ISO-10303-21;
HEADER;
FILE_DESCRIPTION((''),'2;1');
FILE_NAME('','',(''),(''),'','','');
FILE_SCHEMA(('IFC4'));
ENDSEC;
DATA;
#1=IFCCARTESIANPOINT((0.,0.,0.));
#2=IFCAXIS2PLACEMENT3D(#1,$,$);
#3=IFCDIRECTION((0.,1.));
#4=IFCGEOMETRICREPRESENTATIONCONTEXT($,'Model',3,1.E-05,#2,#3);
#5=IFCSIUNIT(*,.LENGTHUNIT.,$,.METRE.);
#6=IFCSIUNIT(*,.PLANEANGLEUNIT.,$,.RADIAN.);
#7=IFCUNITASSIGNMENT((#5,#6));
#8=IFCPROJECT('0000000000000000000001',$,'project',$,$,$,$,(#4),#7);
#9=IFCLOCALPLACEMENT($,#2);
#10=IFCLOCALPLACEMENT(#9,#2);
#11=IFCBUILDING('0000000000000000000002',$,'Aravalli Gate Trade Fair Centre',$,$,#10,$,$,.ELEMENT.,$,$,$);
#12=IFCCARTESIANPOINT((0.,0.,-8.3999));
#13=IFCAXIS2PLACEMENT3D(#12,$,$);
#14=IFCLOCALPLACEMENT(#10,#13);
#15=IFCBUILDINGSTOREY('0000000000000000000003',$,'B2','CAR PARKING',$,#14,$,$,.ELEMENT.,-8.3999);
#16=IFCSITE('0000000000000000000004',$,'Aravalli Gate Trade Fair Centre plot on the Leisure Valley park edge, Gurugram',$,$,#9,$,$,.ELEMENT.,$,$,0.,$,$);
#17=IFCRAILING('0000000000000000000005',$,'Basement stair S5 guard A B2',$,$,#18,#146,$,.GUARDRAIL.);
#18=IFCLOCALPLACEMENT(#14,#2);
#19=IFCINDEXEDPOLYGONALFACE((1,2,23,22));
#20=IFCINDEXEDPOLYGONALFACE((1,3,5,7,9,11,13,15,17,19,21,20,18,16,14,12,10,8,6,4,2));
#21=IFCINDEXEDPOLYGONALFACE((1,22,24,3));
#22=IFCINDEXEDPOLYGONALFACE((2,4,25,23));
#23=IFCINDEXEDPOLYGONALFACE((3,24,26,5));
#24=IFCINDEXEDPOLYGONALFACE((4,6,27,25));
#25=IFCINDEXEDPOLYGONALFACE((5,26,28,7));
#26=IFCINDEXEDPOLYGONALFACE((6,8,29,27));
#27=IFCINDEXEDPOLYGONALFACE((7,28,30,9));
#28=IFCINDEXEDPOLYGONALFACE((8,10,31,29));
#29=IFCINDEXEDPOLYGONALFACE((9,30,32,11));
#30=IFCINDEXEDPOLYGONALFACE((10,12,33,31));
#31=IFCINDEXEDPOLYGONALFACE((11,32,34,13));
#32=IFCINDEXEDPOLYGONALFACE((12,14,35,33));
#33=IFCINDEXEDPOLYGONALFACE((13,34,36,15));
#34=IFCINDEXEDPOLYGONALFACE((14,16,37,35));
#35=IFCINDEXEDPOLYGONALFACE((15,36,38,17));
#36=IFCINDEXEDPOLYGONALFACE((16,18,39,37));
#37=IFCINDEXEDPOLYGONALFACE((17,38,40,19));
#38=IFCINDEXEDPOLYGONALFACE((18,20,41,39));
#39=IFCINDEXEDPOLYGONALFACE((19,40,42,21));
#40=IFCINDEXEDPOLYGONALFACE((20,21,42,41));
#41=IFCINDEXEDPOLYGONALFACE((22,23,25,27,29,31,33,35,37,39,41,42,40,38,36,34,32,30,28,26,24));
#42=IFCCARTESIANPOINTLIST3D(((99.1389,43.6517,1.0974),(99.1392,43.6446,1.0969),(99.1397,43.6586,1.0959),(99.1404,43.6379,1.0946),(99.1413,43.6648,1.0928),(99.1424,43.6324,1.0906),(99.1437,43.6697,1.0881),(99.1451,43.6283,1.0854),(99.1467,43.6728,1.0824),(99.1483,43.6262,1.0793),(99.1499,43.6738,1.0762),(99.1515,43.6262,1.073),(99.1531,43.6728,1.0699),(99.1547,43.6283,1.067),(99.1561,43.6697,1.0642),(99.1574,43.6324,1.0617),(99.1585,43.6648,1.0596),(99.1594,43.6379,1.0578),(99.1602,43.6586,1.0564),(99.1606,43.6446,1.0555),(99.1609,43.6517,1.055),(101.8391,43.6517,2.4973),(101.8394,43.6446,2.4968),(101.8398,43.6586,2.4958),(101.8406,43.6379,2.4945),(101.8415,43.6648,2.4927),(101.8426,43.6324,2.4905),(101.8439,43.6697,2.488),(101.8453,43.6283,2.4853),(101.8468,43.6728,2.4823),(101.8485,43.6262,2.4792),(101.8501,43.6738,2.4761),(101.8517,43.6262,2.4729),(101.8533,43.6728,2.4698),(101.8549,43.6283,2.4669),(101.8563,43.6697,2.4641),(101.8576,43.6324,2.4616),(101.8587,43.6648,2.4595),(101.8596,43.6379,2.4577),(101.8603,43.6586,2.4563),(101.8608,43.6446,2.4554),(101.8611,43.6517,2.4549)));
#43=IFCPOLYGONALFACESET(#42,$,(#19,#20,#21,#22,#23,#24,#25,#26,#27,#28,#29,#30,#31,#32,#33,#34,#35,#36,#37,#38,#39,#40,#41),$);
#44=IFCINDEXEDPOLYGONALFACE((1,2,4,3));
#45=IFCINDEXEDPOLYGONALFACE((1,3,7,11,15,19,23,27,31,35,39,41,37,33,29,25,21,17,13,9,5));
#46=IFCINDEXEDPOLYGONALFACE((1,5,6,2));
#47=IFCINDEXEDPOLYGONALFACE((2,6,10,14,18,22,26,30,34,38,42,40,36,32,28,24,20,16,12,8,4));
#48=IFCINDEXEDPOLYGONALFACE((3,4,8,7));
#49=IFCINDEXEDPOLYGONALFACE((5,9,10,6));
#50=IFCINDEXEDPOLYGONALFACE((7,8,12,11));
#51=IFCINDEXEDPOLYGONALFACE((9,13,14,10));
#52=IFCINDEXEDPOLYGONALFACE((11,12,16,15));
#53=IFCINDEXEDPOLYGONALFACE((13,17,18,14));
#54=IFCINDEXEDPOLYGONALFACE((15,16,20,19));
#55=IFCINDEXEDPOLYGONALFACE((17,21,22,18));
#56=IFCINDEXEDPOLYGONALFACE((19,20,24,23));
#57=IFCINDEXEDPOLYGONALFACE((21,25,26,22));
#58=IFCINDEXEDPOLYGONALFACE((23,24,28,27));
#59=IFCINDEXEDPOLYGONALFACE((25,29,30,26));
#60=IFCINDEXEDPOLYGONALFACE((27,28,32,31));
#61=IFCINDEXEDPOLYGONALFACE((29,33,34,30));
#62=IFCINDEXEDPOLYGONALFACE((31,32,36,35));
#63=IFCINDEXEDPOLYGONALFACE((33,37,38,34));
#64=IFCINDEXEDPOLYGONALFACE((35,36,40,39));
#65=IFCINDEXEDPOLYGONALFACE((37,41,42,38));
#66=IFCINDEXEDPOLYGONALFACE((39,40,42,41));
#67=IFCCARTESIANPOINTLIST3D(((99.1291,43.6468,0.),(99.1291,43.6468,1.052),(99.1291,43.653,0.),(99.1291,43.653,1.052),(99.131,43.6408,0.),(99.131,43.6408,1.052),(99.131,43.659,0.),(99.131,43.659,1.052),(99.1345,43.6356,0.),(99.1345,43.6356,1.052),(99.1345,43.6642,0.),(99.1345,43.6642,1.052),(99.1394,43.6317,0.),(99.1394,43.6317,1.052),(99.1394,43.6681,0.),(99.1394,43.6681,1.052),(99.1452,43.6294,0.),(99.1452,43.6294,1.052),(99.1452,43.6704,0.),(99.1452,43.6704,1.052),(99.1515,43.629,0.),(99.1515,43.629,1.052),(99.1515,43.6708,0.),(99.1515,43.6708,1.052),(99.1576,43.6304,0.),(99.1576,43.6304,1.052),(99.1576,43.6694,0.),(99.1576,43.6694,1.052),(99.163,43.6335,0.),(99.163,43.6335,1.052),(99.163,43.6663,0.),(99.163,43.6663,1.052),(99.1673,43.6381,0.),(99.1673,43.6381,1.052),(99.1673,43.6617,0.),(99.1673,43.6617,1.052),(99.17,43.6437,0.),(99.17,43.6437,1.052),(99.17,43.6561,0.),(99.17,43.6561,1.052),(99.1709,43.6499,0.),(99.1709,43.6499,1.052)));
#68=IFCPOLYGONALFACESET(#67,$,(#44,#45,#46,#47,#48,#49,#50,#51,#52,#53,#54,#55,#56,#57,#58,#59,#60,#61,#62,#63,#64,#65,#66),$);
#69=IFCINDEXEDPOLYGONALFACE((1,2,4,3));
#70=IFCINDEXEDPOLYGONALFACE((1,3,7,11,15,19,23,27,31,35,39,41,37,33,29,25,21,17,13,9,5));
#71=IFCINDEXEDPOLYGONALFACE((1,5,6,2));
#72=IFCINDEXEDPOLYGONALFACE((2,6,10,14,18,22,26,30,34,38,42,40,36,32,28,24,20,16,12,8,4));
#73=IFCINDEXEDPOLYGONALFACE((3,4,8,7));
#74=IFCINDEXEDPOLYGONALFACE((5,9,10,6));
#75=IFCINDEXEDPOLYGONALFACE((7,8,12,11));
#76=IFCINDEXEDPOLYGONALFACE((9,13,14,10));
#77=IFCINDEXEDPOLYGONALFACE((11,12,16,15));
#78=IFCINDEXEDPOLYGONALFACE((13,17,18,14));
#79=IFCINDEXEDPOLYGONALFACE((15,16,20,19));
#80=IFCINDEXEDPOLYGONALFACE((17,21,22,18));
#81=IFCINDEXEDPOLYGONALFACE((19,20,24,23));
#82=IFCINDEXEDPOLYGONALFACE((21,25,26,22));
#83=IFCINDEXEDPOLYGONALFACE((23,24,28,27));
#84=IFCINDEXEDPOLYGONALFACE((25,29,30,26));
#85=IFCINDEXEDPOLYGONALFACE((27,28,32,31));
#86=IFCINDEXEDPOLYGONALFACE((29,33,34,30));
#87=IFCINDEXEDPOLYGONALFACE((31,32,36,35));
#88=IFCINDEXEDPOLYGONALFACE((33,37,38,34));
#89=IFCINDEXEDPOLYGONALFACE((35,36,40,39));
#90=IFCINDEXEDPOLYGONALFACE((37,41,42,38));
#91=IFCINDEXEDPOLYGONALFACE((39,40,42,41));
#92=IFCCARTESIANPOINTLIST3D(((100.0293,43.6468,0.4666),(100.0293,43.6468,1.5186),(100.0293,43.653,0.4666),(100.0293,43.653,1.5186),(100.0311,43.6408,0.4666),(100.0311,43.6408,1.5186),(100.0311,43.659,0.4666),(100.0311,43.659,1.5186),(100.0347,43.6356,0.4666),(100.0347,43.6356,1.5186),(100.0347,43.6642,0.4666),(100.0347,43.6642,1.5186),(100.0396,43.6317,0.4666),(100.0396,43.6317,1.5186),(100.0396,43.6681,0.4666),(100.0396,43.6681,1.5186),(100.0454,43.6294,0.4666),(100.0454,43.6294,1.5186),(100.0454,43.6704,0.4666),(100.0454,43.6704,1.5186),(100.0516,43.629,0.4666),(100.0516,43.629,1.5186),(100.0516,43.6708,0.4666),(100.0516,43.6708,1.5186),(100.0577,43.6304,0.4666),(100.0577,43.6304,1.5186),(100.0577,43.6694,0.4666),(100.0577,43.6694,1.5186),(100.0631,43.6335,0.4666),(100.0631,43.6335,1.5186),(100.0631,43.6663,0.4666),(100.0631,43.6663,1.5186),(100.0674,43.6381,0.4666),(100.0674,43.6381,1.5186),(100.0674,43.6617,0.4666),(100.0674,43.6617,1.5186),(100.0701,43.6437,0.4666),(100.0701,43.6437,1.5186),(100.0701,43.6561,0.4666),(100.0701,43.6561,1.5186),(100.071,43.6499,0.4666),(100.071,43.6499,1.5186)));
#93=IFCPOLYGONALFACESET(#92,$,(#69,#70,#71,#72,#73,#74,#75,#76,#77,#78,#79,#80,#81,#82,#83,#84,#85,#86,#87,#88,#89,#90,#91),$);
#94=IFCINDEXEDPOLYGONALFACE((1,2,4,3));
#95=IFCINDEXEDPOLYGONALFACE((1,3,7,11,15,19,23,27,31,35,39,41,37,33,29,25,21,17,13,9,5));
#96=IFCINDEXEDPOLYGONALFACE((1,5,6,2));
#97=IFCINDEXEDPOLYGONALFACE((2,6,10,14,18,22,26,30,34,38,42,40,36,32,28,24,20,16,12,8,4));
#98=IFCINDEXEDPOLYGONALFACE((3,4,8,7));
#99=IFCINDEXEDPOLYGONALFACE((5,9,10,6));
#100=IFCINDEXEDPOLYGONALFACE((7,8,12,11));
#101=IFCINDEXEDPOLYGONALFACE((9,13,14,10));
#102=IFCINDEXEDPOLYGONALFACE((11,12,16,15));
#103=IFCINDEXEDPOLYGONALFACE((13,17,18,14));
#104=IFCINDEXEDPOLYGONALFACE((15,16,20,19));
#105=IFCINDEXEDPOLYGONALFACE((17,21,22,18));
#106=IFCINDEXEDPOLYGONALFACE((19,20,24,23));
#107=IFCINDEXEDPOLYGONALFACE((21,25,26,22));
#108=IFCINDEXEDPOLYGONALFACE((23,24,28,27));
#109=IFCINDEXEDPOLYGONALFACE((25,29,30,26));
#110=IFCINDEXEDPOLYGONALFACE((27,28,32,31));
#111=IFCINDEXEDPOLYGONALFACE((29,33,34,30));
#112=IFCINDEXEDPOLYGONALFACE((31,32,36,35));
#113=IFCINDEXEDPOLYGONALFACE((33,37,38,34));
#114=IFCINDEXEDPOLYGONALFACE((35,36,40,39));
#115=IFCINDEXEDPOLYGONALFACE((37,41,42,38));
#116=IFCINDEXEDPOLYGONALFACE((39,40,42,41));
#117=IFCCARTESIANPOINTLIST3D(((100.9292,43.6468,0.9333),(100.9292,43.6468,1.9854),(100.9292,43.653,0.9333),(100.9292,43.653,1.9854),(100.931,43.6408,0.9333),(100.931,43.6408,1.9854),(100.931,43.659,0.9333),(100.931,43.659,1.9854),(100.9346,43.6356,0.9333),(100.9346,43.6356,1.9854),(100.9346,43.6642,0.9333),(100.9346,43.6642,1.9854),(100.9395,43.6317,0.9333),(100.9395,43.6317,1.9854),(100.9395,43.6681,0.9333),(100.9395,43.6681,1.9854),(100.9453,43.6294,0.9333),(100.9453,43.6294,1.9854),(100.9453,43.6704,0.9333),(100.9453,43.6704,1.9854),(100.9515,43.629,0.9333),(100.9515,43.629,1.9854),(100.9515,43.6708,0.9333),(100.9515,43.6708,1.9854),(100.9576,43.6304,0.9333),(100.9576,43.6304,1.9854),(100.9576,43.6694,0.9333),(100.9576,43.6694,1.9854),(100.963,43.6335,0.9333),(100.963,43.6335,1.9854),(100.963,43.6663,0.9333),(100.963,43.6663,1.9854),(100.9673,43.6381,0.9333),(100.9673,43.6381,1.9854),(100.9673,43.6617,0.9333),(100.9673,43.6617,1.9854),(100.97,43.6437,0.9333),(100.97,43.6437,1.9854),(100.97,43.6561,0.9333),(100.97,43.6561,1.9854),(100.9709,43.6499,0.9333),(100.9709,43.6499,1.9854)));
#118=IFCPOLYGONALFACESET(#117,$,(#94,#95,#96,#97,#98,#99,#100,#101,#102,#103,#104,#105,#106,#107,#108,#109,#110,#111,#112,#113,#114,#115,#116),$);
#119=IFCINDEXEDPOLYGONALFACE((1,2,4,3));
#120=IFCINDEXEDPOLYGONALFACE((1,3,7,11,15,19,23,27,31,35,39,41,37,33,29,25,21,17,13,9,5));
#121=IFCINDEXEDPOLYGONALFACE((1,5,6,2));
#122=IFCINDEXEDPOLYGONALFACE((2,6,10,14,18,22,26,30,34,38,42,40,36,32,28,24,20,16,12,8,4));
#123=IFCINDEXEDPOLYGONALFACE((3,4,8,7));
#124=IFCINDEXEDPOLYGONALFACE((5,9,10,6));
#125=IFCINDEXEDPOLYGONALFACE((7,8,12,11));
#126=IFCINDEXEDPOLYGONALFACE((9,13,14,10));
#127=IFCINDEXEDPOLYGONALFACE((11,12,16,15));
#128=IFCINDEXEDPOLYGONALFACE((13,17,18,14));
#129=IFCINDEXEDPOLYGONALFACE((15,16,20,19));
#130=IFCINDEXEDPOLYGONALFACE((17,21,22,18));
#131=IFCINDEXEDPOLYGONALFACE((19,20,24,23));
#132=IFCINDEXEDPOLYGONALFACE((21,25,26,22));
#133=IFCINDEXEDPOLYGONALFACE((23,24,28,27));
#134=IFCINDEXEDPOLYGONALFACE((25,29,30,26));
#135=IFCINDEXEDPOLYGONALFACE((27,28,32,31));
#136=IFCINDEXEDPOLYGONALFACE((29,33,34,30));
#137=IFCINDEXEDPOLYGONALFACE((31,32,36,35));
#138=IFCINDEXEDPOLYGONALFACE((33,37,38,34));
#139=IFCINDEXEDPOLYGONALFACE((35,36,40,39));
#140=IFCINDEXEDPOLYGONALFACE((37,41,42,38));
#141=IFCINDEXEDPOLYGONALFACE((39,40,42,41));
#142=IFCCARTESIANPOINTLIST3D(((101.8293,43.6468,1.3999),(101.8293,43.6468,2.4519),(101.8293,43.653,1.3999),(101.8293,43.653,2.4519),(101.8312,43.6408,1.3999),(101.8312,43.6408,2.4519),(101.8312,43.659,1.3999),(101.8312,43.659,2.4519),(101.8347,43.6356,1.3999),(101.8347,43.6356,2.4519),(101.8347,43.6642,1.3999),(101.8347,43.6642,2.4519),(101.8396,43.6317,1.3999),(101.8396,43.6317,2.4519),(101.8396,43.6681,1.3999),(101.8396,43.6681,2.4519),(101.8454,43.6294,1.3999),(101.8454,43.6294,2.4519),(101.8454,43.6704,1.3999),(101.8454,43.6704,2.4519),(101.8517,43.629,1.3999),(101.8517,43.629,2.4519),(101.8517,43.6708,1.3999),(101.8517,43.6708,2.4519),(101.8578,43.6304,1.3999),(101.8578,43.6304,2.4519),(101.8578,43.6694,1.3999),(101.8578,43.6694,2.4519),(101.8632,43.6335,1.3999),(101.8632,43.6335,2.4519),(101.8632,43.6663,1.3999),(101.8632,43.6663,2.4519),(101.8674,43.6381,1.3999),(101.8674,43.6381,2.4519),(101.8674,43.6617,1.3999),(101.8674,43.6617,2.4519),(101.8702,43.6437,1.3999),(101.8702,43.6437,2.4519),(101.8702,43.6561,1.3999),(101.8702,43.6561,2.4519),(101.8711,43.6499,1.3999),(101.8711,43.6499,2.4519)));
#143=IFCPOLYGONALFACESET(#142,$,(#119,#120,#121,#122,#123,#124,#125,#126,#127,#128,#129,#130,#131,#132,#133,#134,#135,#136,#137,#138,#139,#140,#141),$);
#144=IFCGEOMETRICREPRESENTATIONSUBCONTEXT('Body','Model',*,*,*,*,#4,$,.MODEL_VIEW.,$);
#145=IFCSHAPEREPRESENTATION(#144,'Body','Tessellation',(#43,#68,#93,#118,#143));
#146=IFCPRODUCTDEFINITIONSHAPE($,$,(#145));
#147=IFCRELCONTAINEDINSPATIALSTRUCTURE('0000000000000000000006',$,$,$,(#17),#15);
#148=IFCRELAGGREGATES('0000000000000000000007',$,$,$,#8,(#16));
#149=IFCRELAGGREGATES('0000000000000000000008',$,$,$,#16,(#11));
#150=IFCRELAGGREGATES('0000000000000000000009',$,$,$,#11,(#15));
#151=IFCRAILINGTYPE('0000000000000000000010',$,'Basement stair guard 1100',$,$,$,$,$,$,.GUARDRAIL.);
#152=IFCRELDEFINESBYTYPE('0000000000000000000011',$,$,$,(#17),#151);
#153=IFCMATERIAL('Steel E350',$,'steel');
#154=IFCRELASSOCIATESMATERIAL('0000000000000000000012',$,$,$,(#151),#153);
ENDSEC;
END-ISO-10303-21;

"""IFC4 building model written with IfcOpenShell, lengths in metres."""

from ifc_helpers import new_model, si_unit, direction, frame, origin, origin_2d, place, context, subcontext, project, spatial, circle, extrude, material, type_object, element, save


model = new_model("IFC4")

# Units and contexts
model_context = context("Model", 3, precision=1e-05, world=origin(), true_north=direction((0.0, 1.0)))
body_context = subcontext(model_context, "Body", "Model", "MODEL_VIEW")
ifc_project = project(units=[si_unit("LENGTHUNIT", "METRE"), si_unit("PLANEANGLEUNIT", "RADIAN")], contexts=[model_context])

# Site, building, storey
site_placement = place(None, origin())
site = spatial("IfcSite", under=ifc_project, at=site_placement, Name="Aravalli Gate Trade Fair Centre plot on the Leisure Valley park edge, Gurugram", CompositionType="ELEMENT", RefElevation=0.0)
building_placement = place(site_placement, origin())
building = spatial("IfcBuilding", under=site, at=building_placement, Name="Aravalli Gate Trade Fair Centre", CompositionType="ELEMENT")
storey_placement = place(building_placement, frame((0.0, 0.0, -8.3999)))
storey = spatial("IfcBuildingStorey", under=building, at=storey_placement, Name="B2", Description="CAR PARKING", CompositionType="ELEMENT", Elevation=-8.3999)

# Railing
ifc_material_1 = material(Name="Steel E350", Category="steel")
railing_type_1 = type_object("IfcRailingType", Name="Basement stair guard 1100", PredefinedType="GUARDRAIL", material=ifc_material_1)
railing_1_placement = place(storey_placement, frame((99.1499, 43.6499, 0.0)))
element("IfcRailing", 1, at=railing_1_placement, inside=storey, type_object=railing_type_1, Name="Basement stair S5 guard A B2", PredefinedType="GUARDRAIL", context=body_context, shape_type="SweptSolid", body=[
    extrude(circle(Radius=0.0239, at=origin_2d()), frame((0.0, 0.0, 1.0762), z_axis=(0.887781, 0.0, 0.460266), x_axis=(0.0, 1.0, 0.0)), (0.0, 0.0, 1.0), 3.0415),
    extrude(circle(Radius=0.021, at=origin_2d()), origin(), (0.0, 0.0, 1.0), 1.052),
    extrude(circle(Radius=0.021, at=origin_2d()), frame((0.9001, 0.0, 0.4666)), (0.0, 0.0, 1.0), 1.052),
    extrude(circle(Radius=0.021, at=origin_2d()), frame((1.8, 0.0, 0.9333)), (0.0, 0.0, 1.0), 1.052),
    extrude(circle(Radius=0.021, at=origin_2d()), frame((2.7002, 0.0, 1.3999)), (0.0, 0.0, 1.0), 1.052),
])

save(model, "model.ifc")
